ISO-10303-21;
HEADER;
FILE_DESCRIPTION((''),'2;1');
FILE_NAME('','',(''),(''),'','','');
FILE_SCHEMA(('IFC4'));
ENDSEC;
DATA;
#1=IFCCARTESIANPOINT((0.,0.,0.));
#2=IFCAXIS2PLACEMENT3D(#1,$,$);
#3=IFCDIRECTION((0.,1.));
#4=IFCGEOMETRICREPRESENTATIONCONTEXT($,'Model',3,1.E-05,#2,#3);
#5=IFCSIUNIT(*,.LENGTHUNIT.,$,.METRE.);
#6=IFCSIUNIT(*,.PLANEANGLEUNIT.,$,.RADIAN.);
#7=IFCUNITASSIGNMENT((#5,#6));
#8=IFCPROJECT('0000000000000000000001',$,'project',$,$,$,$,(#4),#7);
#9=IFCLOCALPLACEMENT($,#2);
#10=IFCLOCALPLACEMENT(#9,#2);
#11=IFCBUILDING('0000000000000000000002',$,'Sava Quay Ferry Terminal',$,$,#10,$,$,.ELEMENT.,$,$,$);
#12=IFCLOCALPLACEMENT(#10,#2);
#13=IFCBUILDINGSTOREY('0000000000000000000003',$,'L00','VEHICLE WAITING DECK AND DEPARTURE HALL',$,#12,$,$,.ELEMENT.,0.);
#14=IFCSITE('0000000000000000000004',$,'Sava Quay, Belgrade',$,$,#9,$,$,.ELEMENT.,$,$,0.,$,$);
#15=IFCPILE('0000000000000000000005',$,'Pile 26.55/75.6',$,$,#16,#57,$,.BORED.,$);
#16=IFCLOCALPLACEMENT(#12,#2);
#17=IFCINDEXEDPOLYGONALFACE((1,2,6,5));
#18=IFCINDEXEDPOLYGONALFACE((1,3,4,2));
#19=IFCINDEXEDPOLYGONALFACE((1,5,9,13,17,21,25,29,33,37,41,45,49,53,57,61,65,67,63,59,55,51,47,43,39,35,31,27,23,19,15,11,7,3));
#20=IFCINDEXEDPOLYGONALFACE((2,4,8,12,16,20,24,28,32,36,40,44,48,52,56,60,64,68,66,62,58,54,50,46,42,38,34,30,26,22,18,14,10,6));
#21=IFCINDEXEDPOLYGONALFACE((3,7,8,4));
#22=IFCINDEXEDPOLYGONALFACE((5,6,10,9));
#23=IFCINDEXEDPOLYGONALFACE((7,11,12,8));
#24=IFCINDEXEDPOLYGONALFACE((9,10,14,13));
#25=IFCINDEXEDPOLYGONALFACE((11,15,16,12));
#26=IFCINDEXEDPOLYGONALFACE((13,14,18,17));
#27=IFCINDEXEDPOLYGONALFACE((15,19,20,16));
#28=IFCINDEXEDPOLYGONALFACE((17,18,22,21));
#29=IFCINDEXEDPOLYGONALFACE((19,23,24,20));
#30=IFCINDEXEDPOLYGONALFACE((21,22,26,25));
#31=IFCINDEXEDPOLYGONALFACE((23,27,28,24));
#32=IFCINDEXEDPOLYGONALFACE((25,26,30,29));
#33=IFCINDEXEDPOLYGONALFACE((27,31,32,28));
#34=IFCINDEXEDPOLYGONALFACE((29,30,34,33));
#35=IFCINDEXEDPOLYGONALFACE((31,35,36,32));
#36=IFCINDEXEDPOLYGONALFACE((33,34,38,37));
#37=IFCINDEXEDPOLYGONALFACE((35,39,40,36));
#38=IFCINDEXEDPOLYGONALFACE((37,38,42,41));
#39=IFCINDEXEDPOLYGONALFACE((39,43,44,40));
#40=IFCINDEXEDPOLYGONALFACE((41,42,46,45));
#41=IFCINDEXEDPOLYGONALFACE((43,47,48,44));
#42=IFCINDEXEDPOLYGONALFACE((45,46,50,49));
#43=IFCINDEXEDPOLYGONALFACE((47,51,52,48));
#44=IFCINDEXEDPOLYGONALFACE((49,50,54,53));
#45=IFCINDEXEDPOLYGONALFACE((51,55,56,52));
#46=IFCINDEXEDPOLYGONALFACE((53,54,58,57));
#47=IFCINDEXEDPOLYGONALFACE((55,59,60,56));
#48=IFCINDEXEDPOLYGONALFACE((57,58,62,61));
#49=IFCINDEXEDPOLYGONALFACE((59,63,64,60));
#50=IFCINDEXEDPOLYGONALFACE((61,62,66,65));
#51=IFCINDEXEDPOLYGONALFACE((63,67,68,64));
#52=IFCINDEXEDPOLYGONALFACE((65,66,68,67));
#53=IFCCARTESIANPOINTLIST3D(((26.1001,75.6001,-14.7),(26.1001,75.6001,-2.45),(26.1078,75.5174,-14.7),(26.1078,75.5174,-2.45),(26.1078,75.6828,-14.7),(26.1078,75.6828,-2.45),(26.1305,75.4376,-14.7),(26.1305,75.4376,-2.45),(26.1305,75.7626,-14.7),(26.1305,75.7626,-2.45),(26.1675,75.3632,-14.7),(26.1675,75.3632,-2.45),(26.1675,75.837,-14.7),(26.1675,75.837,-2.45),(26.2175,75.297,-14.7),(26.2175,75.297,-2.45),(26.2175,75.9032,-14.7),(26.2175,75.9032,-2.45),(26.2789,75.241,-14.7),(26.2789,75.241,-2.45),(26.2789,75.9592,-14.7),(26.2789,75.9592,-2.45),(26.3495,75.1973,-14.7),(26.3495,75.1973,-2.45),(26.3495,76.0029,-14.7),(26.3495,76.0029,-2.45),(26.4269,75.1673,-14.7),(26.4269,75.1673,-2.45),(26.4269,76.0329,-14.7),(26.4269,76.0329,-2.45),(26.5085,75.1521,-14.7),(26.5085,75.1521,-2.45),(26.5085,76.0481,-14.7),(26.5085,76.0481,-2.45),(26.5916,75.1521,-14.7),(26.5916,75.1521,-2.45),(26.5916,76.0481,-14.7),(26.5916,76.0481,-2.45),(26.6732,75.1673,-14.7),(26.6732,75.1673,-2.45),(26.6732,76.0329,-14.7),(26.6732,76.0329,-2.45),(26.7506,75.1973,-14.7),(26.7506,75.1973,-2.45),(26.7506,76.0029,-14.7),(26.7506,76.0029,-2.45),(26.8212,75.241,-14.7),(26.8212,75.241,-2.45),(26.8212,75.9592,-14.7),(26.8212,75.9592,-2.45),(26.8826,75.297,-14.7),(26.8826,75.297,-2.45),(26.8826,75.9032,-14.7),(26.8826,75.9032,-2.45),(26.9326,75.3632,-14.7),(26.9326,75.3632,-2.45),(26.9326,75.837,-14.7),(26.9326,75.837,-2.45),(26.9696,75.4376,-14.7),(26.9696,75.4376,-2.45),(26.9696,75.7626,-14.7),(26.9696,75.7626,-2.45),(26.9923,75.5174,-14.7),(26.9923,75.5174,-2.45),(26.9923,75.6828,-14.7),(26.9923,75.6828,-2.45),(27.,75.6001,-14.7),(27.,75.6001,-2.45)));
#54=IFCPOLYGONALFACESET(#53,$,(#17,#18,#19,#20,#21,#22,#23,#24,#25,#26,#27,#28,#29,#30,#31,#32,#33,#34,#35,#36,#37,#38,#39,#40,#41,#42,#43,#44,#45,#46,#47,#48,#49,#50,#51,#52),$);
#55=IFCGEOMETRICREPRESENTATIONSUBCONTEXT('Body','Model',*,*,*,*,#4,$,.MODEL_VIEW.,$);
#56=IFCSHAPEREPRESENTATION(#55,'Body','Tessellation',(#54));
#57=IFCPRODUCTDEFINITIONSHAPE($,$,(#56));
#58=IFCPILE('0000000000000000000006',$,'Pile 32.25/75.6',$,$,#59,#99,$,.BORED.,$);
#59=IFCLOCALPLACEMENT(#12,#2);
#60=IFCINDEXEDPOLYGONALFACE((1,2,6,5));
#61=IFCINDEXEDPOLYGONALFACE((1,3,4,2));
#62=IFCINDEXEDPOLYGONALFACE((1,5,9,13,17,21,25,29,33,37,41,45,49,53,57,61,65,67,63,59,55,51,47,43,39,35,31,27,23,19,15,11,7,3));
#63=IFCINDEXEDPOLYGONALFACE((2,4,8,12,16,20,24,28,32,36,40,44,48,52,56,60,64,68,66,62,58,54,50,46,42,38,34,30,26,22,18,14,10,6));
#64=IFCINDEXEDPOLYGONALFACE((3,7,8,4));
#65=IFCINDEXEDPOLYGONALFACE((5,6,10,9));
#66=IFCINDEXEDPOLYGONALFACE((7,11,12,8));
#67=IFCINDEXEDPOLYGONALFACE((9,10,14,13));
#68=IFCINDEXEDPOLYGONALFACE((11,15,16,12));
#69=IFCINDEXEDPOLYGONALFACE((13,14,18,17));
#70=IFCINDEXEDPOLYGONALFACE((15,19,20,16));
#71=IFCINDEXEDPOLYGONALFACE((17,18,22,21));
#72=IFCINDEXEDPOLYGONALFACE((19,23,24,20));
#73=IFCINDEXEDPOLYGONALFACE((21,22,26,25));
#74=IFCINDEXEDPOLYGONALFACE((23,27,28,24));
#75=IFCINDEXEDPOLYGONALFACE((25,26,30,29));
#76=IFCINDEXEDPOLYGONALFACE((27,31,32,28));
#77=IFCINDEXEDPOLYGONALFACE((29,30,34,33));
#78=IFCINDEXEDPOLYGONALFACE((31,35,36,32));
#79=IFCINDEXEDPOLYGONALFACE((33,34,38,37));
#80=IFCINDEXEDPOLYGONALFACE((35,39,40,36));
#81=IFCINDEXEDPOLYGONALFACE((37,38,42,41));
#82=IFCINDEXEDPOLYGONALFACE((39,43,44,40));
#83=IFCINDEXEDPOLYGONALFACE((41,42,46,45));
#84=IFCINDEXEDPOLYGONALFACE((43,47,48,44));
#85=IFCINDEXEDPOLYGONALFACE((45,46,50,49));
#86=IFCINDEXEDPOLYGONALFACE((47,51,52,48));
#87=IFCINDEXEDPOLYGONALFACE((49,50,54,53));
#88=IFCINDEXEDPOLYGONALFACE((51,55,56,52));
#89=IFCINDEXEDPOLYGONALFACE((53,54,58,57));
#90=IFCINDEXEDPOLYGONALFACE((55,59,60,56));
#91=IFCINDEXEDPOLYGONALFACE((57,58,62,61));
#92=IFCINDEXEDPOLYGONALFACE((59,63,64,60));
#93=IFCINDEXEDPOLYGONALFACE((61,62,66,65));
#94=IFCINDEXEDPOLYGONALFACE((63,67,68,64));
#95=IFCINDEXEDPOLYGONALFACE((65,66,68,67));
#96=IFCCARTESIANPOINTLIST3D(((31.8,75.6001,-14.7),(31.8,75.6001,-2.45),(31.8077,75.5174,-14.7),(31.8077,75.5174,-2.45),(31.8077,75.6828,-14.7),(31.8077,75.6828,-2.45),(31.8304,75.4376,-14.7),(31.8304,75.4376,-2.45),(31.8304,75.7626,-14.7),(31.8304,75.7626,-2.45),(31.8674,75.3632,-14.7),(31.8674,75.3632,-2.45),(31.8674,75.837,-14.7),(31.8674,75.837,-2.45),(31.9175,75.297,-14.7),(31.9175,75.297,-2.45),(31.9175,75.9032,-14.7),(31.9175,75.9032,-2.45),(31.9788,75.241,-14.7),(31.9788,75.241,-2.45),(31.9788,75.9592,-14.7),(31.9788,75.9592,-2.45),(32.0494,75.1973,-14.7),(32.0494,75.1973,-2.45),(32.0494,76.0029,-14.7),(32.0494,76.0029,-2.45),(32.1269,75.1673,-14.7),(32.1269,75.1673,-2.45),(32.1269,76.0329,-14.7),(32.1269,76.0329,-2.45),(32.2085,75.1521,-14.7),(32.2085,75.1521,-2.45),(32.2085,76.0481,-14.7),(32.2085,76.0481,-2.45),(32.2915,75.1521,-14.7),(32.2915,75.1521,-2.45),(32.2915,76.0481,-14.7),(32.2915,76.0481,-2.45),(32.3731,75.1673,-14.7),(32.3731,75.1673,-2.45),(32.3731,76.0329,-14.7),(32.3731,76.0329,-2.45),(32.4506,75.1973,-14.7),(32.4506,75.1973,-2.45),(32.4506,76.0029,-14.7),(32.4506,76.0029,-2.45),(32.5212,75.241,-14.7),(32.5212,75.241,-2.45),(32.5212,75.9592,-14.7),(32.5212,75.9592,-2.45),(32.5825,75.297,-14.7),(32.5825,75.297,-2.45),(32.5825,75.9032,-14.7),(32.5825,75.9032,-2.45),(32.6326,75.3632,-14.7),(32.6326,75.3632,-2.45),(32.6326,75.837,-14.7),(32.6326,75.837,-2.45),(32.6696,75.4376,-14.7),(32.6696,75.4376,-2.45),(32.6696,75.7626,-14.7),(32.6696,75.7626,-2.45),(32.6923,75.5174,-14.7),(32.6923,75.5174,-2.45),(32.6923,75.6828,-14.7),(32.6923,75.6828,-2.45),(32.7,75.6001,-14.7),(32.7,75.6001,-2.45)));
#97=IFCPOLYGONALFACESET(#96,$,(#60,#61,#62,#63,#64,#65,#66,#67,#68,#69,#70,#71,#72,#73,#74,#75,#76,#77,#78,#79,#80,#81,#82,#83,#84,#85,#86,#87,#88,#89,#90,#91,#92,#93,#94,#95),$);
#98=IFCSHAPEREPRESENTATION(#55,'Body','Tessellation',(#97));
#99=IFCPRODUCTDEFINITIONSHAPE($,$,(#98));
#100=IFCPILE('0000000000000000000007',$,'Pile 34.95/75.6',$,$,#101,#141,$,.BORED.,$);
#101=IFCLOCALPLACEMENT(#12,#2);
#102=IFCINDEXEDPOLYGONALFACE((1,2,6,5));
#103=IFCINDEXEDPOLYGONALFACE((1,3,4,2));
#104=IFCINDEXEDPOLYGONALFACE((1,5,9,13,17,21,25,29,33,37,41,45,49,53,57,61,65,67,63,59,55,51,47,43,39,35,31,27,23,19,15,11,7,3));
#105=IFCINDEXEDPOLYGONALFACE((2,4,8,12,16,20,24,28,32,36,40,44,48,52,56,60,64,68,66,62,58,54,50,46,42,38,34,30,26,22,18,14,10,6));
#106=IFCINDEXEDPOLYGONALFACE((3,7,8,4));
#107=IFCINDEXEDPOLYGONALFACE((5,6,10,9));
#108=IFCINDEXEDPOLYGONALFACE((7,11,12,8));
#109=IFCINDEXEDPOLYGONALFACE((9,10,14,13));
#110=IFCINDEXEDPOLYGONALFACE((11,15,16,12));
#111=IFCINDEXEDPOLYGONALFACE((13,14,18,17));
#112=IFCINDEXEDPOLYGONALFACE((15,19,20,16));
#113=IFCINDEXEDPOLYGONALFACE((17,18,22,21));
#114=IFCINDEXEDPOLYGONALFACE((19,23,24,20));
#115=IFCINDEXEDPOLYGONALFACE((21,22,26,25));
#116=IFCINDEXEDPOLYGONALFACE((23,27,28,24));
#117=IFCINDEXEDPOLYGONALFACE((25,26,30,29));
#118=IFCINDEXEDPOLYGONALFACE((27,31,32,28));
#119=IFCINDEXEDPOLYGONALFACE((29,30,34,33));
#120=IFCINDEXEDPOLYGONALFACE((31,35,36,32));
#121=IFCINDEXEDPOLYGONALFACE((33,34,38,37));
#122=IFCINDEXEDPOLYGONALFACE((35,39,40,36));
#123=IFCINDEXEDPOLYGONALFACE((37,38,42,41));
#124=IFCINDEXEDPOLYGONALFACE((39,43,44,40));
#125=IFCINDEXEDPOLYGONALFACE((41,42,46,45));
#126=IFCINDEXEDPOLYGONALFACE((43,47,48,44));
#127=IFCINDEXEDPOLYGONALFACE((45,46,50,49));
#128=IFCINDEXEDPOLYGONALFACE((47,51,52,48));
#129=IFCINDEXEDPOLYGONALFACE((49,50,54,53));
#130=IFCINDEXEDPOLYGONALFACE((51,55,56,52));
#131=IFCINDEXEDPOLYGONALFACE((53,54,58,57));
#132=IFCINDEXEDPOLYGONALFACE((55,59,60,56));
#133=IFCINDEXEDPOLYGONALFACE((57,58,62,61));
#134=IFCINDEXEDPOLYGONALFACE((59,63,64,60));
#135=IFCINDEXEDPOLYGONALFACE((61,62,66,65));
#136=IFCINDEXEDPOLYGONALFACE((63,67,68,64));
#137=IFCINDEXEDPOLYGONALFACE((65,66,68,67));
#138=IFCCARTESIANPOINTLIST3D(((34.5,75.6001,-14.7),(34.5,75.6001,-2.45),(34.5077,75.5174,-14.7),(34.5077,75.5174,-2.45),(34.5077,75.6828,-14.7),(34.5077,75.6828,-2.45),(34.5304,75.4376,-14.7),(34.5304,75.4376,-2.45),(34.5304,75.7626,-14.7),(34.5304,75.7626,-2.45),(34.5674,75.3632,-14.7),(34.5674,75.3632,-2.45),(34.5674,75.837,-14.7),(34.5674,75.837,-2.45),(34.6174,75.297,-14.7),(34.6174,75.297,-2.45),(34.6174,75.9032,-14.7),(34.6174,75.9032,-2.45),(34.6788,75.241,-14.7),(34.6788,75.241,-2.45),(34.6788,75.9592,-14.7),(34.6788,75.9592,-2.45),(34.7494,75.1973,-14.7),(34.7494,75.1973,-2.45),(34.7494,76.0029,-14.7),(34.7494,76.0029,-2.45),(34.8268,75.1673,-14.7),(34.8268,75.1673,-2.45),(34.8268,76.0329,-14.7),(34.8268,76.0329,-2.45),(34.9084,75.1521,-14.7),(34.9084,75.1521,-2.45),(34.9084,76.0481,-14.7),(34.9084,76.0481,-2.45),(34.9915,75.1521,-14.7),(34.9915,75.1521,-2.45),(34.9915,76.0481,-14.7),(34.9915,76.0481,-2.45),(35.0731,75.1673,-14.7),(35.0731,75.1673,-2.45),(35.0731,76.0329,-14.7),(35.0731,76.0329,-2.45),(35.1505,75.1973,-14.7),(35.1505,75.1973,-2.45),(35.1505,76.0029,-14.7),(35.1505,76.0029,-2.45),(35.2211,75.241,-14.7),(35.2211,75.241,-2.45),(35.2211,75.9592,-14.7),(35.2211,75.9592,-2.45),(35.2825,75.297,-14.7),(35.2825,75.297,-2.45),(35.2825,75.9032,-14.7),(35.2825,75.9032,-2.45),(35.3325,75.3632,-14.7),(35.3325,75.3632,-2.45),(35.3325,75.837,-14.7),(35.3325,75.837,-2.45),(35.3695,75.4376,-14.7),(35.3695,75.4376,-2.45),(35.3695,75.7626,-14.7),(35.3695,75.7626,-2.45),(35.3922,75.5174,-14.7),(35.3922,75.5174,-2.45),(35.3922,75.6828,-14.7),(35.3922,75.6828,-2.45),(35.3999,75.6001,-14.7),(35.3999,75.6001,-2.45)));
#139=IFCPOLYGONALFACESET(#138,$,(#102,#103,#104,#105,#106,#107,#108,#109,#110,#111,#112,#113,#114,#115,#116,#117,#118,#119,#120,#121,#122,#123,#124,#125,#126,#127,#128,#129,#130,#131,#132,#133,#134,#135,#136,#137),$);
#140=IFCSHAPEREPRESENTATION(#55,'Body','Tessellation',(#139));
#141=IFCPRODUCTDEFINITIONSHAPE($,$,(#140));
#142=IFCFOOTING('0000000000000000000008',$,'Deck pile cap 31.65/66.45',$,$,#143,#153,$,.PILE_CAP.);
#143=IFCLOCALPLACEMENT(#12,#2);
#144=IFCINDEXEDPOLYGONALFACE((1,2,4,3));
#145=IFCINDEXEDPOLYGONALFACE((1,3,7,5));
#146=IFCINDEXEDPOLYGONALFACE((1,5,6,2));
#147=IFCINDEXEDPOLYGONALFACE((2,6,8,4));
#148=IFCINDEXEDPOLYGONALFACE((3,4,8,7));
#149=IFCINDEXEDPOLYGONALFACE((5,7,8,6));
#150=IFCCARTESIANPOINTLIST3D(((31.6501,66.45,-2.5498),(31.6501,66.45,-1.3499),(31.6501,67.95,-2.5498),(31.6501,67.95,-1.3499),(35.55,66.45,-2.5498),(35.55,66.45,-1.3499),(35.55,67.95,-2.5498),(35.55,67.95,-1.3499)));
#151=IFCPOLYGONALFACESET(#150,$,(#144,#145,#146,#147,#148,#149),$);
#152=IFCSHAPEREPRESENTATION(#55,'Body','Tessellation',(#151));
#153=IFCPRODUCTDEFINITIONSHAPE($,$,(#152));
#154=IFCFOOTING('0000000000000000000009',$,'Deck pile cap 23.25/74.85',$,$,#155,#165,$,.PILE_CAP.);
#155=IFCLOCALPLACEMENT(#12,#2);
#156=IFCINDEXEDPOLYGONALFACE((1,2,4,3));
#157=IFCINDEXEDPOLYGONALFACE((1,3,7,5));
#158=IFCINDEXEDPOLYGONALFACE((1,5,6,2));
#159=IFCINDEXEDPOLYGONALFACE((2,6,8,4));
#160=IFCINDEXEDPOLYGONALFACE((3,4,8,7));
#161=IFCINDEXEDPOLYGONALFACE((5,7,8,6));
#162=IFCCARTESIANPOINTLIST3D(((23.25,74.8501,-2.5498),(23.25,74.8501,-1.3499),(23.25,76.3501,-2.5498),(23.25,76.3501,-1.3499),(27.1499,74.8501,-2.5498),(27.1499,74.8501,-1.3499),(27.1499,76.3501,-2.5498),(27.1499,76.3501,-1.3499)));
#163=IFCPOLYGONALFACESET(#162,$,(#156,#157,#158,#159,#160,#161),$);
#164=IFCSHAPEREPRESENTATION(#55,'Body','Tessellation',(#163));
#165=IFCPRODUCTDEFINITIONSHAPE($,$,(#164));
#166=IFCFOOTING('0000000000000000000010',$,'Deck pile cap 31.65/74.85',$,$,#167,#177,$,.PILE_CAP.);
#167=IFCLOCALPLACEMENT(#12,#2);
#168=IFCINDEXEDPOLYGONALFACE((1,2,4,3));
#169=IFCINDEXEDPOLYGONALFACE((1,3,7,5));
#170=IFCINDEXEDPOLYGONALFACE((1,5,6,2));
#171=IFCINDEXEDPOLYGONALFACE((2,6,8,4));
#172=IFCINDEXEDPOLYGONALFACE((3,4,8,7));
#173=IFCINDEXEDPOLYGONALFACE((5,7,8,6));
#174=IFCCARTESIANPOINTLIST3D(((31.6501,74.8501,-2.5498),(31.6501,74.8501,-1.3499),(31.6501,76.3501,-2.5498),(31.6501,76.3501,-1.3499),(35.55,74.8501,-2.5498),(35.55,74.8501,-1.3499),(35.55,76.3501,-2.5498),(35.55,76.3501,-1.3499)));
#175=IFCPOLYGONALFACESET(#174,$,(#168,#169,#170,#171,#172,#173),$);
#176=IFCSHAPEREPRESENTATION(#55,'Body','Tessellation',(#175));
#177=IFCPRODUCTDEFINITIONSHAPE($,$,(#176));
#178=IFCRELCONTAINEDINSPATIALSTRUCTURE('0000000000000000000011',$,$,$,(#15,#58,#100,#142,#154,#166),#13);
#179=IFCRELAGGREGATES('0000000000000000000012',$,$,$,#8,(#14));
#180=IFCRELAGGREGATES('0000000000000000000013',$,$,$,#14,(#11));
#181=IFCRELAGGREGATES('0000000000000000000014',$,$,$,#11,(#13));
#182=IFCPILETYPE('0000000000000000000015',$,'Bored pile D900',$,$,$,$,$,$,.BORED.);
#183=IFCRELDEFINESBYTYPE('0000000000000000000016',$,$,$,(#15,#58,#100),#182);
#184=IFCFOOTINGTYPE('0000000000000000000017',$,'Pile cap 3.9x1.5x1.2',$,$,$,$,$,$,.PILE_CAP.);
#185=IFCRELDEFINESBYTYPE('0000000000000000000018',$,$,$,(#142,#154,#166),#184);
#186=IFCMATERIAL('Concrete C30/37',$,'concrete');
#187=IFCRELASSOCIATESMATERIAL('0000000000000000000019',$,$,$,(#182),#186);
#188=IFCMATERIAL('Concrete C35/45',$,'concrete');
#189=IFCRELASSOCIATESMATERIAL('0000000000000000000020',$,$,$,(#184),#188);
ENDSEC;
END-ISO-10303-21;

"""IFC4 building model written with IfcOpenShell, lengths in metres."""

from ifc_helpers import new_model, si_unit, direction, frame, origin, origin_2d, place, context, subcontext, project, spatial, rectangle, circle, extrude, material, material_profile, profile_set, type_object, element, save


model = new_model("IFC4")

# Units and contexts
model_context = context("Model", 3, precision=1e-05, world=origin(), true_north=direction((0.0, 1.0)))
body_context = subcontext(model_context, "Body", "Model", "MODEL_VIEW")
ifc_project = project(units=[si_unit("LENGTHUNIT", "METRE"), si_unit("PLANEANGLEUNIT", "RADIAN")], contexts=[model_context])

# Site, building, storey
site_placement = place(None, origin())
site = spatial("IfcSite", under=ifc_project, at=site_placement, Name="Sava Quay, Belgrade", CompositionType="ELEMENT", RefElevation=0.0)
building_placement = place(site_placement, origin())
building = spatial("IfcBuilding", under=site, at=building_placement, Name="Sava Quay Ferry Terminal", CompositionType="ELEMENT")
storey_placement = place(building_placement, origin())
storey = spatial("IfcBuildingStorey", under=building, at=storey_placement, Name="L00", Description="VEHICLE WAITING DECK AND DEPARTURE HALL", CompositionType="ELEMENT", Elevation=0.0)

# Piles
ifc_material_1 = material(Name="Concrete C30/37", Category="concrete")
ifc_material_profile_1 = material_profile(ifc_material_1, circle(Radius=0.45, at=origin_2d()), Name="Bored pile D900")
ifc_profile_set_1 = profile_set([ifc_material_profile_1], Name="Concrete C30/37")
pile_type = type_object("IfcPileType", Name="Bored pile D900", PredefinedType="BORED", material=ifc_profile_set_1)
for number, where, z_axis, x_axis, name in (
    (1, (26.55, 75.6001, -2.45), (0.0, 0.0, -1.0), (1.0, 0.0, 0.0), "Pile 26.55/75.6"),
    (2, (32.25, 75.6001, -2.45), (0.0, 0.0, -1.0), (1.0, 0.0, 0.0), "Pile 32.25/75.6"),
    (3, (34.95, 75.6001, -2.45), (0.0, 0.0, -1.0), (1.0, 0.0, 0.0), "Pile 34.95/75.6"),
):
    element("IfcPile", number, at=place(storey_placement, frame(where, z_axis=z_axis, x_axis=x_axis)), inside=storey, type_object=pile_type, Name=name, PredefinedType="BORED", context=body_context, shape_type="SweptSolid", body=[
        extrude(circle(Radius=0.45, at=origin_2d()), origin(), (0.0, 0.0, 1.0), 12.25),
    ])

# Footings
ifc_material_2 = material(Name="Concrete C35/45", Category="concrete")
footing_type = type_object("IfcFootingType", Name="Pile cap 3.9x1.5x1.2", PredefinedType="PILE_CAP", material=ifc_material_2)
for number, where, z_axis, x_axis, name in (
    (4, (33.6001, 67.2, -2.5498), (0.0, 0.0, 1.0), (1.0, 0.0, 0.0), "Deck pile cap 31.65/66.45"),
    (5, (25.2, 75.6001, -2.5498), (0.0, 0.0, 1.0), (1.0, 0.0, 0.0), "Deck pile cap 23.25/74.85"),
    (6, (33.6001, 75.6001, -2.5498), (0.0, 0.0, 1.0), (1.0, 0.0, 0.0), "Deck pile cap 31.65/74.85"),
):
    element("IfcFooting", number, at=place(storey_placement, frame(where, z_axis=z_axis, x_axis=x_axis)), inside=storey, type_object=footing_type, Name=name, PredefinedType="PILE_CAP", context=body_context, shape_type="SweptSolid", body=[
        extrude(rectangle(XDim=3.8999, YDim=1.5, at=origin_2d()), origin(), (0.0, 0.0, 1.0), 1.2),
    ])

save(model, "model.ifc")
